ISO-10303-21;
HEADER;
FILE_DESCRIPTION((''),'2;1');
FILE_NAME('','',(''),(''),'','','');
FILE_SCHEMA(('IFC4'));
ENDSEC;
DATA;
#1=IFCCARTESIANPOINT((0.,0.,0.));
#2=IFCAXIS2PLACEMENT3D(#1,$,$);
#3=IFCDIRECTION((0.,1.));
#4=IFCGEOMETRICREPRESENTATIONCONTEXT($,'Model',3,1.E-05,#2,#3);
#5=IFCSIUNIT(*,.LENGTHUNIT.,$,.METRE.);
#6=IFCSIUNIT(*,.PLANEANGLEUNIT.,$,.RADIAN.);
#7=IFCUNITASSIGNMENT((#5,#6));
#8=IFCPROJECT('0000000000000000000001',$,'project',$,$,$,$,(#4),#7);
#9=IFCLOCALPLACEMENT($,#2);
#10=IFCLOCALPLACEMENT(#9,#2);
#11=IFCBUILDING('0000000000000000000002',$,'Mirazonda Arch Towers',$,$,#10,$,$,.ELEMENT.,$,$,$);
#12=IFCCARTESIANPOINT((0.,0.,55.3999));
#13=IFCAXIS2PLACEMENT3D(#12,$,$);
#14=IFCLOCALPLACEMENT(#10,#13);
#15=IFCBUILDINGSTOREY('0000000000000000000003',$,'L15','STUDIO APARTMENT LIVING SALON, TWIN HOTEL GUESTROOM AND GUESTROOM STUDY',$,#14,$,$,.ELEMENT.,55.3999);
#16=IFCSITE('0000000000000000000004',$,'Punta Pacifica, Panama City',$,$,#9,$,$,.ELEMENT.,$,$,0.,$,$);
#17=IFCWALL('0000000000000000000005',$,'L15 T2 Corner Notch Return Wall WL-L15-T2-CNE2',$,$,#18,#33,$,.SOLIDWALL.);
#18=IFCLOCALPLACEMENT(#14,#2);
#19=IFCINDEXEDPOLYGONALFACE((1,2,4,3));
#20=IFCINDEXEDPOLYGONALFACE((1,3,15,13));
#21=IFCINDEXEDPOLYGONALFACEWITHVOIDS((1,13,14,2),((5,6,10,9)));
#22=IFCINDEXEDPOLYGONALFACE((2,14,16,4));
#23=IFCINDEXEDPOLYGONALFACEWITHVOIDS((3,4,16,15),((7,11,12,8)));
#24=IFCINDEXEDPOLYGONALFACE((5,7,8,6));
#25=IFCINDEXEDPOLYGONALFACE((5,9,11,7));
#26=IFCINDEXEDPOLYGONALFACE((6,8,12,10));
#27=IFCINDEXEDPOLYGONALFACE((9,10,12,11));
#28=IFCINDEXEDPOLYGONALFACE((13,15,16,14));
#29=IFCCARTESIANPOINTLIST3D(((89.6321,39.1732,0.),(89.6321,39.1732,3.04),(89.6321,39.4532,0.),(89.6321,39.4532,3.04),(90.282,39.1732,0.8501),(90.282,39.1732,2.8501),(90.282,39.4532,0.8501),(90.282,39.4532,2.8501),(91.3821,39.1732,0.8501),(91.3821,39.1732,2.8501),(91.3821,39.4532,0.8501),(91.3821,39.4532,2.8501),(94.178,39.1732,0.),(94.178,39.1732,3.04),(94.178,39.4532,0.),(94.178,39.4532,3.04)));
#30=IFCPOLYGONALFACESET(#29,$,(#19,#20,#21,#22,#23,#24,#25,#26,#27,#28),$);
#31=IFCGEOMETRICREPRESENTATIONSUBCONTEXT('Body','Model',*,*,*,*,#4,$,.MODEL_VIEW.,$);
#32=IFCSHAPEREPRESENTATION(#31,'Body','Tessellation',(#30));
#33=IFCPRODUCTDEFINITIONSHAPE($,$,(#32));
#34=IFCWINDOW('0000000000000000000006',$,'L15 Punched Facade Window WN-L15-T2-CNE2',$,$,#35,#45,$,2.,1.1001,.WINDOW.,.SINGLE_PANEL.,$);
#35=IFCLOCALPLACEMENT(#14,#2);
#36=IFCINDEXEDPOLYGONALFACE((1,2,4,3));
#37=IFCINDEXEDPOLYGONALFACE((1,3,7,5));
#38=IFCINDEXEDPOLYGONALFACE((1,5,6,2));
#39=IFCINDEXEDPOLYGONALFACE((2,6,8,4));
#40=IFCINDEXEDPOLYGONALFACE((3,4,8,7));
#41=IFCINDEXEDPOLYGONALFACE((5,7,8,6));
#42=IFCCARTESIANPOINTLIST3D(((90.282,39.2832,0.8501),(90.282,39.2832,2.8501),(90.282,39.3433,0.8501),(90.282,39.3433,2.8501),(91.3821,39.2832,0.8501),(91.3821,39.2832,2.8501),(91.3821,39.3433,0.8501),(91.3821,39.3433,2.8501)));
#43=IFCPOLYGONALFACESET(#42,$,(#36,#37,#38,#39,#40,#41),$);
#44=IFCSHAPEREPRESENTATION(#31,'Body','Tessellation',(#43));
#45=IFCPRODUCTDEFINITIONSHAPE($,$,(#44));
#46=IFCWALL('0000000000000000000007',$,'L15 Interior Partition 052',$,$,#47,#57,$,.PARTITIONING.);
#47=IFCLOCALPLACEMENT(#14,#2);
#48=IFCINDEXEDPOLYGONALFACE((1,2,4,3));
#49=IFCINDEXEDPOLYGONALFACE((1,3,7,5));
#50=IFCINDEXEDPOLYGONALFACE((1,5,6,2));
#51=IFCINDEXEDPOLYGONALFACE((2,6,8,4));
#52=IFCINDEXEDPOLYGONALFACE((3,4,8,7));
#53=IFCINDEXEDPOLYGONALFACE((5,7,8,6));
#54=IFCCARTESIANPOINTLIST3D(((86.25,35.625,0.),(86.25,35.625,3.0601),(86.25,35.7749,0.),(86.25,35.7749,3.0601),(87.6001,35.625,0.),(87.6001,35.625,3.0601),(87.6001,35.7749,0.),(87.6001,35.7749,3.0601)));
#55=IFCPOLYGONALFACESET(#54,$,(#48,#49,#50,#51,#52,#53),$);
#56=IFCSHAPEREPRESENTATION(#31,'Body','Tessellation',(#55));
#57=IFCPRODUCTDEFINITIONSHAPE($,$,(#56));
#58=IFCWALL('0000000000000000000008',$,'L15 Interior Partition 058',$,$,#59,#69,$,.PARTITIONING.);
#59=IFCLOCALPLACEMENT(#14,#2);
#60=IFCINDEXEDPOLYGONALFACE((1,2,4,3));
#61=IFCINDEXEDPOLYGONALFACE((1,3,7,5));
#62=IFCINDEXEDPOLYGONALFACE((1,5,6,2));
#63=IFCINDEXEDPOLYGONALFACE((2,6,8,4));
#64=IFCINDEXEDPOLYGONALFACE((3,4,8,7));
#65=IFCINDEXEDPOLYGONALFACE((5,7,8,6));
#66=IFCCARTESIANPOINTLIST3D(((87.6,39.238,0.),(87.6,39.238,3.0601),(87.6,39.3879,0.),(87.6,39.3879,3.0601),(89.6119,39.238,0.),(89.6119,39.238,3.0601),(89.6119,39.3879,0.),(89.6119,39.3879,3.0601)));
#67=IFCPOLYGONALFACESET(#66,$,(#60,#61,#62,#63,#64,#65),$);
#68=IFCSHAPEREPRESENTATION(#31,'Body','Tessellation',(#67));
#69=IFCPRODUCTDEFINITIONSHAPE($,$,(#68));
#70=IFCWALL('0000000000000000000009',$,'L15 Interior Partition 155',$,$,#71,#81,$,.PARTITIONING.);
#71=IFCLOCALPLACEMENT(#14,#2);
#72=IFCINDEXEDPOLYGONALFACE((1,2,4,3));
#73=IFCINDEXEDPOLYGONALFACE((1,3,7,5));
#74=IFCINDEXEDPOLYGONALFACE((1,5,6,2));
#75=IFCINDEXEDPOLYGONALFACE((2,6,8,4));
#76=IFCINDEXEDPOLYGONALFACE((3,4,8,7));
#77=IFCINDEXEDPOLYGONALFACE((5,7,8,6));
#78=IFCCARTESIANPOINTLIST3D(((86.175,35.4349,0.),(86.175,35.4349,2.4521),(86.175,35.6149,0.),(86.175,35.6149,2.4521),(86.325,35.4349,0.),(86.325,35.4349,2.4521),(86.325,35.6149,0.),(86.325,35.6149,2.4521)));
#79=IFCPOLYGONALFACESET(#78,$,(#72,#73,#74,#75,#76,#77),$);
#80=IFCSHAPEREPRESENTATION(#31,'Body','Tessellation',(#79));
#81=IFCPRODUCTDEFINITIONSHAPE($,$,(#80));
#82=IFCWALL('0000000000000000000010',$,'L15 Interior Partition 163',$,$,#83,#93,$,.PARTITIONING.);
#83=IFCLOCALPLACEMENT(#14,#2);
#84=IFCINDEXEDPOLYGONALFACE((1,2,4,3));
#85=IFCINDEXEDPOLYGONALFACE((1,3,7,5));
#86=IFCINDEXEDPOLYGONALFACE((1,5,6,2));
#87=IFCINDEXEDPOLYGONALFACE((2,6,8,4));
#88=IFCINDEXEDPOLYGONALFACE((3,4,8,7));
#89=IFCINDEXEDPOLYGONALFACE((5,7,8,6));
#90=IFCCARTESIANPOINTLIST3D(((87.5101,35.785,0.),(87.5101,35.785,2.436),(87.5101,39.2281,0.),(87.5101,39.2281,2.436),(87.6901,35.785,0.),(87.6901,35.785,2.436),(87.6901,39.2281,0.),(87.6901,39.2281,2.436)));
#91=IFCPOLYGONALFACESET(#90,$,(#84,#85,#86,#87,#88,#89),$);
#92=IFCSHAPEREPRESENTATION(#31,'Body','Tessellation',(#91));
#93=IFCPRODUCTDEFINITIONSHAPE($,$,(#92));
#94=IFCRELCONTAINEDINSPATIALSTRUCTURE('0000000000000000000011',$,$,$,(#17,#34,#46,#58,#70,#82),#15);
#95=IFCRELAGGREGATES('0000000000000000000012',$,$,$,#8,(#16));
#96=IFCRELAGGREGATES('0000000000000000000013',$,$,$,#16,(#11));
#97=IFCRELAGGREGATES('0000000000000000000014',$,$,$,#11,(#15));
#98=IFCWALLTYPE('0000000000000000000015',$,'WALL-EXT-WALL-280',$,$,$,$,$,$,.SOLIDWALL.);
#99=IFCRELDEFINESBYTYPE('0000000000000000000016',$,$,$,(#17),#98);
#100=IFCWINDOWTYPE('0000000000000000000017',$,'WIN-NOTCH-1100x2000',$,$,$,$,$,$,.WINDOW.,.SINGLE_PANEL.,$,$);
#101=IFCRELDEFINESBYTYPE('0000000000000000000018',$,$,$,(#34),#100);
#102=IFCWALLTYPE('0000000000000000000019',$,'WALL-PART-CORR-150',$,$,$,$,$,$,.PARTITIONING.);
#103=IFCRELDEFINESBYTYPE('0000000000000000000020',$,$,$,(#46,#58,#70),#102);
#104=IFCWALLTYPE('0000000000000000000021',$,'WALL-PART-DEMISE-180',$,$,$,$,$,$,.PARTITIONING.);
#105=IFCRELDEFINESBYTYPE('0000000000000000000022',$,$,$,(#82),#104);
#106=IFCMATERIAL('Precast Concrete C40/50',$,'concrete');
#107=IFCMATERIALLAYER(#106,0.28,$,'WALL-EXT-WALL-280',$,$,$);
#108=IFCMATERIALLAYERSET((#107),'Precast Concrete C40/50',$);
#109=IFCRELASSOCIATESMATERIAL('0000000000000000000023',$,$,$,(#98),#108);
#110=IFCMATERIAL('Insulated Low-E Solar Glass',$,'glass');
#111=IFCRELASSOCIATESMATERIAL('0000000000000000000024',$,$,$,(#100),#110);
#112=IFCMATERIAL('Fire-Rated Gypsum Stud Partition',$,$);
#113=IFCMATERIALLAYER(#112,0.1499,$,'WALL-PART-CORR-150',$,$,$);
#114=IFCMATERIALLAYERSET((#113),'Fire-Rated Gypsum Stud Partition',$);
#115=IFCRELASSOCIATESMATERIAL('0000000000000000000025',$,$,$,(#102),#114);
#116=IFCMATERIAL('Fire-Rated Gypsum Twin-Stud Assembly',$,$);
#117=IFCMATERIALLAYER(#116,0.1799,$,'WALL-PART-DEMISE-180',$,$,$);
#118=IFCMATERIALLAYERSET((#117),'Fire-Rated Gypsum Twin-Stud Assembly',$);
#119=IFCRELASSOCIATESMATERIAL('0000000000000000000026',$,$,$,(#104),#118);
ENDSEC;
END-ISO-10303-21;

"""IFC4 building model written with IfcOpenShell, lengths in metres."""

from ifc_helpers import new_model, si_unit, direction, frame, frame_2d, origin, place, context, subcontext, project, spatial, rectangle, extrude, material, layer, layer_set, type_object, element, fill, save


model = new_model("IFC4")

# Units and contexts
model_context = context("Model", 3, precision=1e-05, world=origin(), true_north=direction((0.0, 1.0)))
body_context = subcontext(model_context, "Body", "Model", "MODEL_VIEW")
ifc_project = project(units=[si_unit("LENGTHUNIT", "METRE"), si_unit("PLANEANGLEUNIT", "RADIAN")], contexts=[model_context])

# Site, building, storey
site_placement = place(None, origin())
site = spatial("IfcSite", under=ifc_project, at=site_placement, Name="Punta Pacifica, Panama City", CompositionType="ELEMENT", RefElevation=0.0)
building_placement = place(site_placement, origin())
building = spatial("IfcBuilding", under=site, at=building_placement, Name="Mirazonda Arch Towers", CompositionType="ELEMENT")
storey_placement = place(building_placement, frame((0.0, 0.0, 55.3999)))
storey = spatial("IfcBuildingStorey", under=building, at=storey_placement, Name="L15", Description="STUDIO APARTMENT LIVING SALON, TWIN HOTEL GUESTROOM AND GUESTROOM STUDY", CompositionType="ELEMENT", Elevation=55.3999)

# Shared definitions
ifc_material_1 = material(Name="Insulated Low-E Solar Glass", Category="glass")

# Wall, opening, window
ifc_material_2 = material(Name="Precast Concrete C40/50", Category="concrete")
ifc_layer_1 = layer(ifc_material_2, 0.28, Name="WALL-EXT-WALL-280")
ifc_layer_set_1 = layer_set([ifc_layer_1], Name="Precast Concrete C40/50")
wall_type_1 = type_object("IfcWallType", Name="WALL-EXT-WALL-280", PredefinedType="SOLIDWALL", material=ifc_layer_set_1)
window_type = type_object("IfcWindowType", Name="WIN-NOTCH-1100x2000", PartitioningType="SINGLE_PANEL", PredefinedType="WINDOW", material=ifc_material_1)
wall_1_placement = place(storey_placement, frame((94.178, 39.3132, 0.0), z_axis=(0.0, 0.0, 1.0), x_axis=(-1.0, 0.0, 0.0)))
wall_1 = element("IfcWall", 1, at=wall_1_placement, inside=storey, type_object=wall_type_1, Name="L15 T2 Corner Notch Return Wall WL-L15-T2-CNE2", PredefinedType="SOLIDWALL", context=body_context, shape_type="SweptSolid", body=[
    extrude(rectangle(XDim=4.5459, YDim=0.28, at=frame_2d((2.2729, 0.0))), origin(), (0.0, 0.0, 1.0), 3.04),
])
opening_1_placement = place(wall_1_placement, frame((2.7959, 0.0, 0.8501)))
opening_1 = element("IfcOpeningElement", 2, at=opening_1_placement, cuts=wall_1, PredefinedType="OPENING", context=body_context, shape_type="SweptSolid", body=[
    extrude(rectangle(XDim=1.1001, YDim=2.0, at=frame_2d((0.55, 1.0))), frame((0.0, 0.1499, 0.0), z_axis=(0.0, -1.0, 0.0), x_axis=(1.0, 0.0, 0.0)), (0.0, 0.0, 1.0), 0.3),
])
window_1_placement = place(opening_1_placement, origin())
window_1 = element("IfcWindow", 3, at=window_1_placement, inside=storey, type_object=window_type, Name="L15 Punched Facade Window WN-L15-T2-CNE2", OverallHeight=2.0, OverallWidth=1.1001, PartitioningType="SINGLE_PANEL", PredefinedType="WINDOW", context=body_context, shape_type="SweptSolid", body=[
    extrude(rectangle(XDim=1.1001, YDim=2.0, at=frame_2d((0.55, 1.0))), frame((0.0, 0.03, 0.0), z_axis=(0.0, -1.0, 0.0), x_axis=(1.0, 0.0, 0.0)), (0.0, 0.0, 1.0), 0.0601),
])
fill(opening_1, window_1)

# Walls
ifc_material_3 = material(Name="Fire-Rated Gypsum Stud Partition")
ifc_layer_2 = layer(ifc_material_3, 0.1499, Name="WALL-PART-CORR-150")
ifc_layer_set_2 = layer_set([ifc_layer_2], Name="Fire-Rated Gypsum Stud Partition")
wall_type_2 = type_object("IfcWallType", Name="WALL-PART-CORR-150", PredefinedType="PARTITIONING", material=ifc_layer_set_2)
wall_2_placement = place(storey_placement, frame((86.25, 35.7, 0.0), z_axis=(0.0, 0.0, 1.0), x_axis=(1.0, 0.0, 0.0)))
element("IfcWall", 4, at=wall_2_placement, inside=storey, type_object=wall_type_2, Name="L15 Interior Partition 052", PredefinedType="PARTITIONING", context=body_context, shape_type="SweptSolid", body=[
    extrude(rectangle(XDim=1.3501, YDim=0.1499, at=frame_2d((0.675, 0.0))), origin(), (0.0, 0.0, 1.0), 3.0601),
])
wall_3_placement = place(storey_placement, frame((87.6001, 39.313, 0.0), z_axis=(0.0, 0.0, 1.0), x_axis=(1.0, 0.0, 0.0)))
element("IfcWall", 5, at=wall_3_placement, inside=storey, type_object=wall_type_2, Name="L15 Interior Partition 058", PredefinedType="PARTITIONING", context=body_context, shape_type="SweptSolid", body=[
    extrude(rectangle(XDim=2.012, YDim=0.1499, at=frame_2d((1.0059, 0.0))), origin(), (0.0, 0.0, 1.0), 3.0601),
])
wall_4_placement = place(storey_placement, frame((86.25, 35.4351, 0.0), z_axis=(0.0, 0.0, 1.0), x_axis=(0.0, 1.0, 0.0)))
element("IfcWall", 6, at=wall_4_placement, inside=storey, type_object=wall_type_2, Name="L15 Interior Partition 155", PredefinedType="PARTITIONING", context=body_context, shape_type="SweptSolid", body=[
    extrude(rectangle(XDim=0.1799, YDim=0.1499, at=frame_2d((0.0898, 0.0))), origin(), (0.0, 0.0, 1.0), 2.4521),
])
ifc_material_4 = material(Name="Fire-Rated Gypsum Twin-Stud Assembly")
ifc_layer_3 = layer(ifc_material_4, 0.1799, Name="WALL-PART-DEMISE-180")
ifc_layer_set_3 = layer_set([ifc_layer_3], Name="Fire-Rated Gypsum Twin-Stud Assembly")
wall_type_3 = type_object("IfcWallType", Name="WALL-PART-DEMISE-180", PredefinedType="PARTITIONING", material=ifc_layer_set_3)
wall_5_placement = place(storey_placement, frame((87.6001, 35.7849, 0.0), z_axis=(0.0, 0.0, 1.0), x_axis=(0.0, 1.0, 0.0)))
element("IfcWall", 7, at=wall_5_placement, inside=storey, type_object=wall_type_3, Name="L15 Interior Partition 163", PredefinedType="PARTITIONING", context=body_context, shape_type="SweptSolid", body=[
    extrude(rectangle(XDim=3.4431, YDim=0.1799, at=frame_2d((1.7217, 0.0))), origin(), (0.0, 0.0, 1.0), 2.436),
])

save(model, "model.ifc")
